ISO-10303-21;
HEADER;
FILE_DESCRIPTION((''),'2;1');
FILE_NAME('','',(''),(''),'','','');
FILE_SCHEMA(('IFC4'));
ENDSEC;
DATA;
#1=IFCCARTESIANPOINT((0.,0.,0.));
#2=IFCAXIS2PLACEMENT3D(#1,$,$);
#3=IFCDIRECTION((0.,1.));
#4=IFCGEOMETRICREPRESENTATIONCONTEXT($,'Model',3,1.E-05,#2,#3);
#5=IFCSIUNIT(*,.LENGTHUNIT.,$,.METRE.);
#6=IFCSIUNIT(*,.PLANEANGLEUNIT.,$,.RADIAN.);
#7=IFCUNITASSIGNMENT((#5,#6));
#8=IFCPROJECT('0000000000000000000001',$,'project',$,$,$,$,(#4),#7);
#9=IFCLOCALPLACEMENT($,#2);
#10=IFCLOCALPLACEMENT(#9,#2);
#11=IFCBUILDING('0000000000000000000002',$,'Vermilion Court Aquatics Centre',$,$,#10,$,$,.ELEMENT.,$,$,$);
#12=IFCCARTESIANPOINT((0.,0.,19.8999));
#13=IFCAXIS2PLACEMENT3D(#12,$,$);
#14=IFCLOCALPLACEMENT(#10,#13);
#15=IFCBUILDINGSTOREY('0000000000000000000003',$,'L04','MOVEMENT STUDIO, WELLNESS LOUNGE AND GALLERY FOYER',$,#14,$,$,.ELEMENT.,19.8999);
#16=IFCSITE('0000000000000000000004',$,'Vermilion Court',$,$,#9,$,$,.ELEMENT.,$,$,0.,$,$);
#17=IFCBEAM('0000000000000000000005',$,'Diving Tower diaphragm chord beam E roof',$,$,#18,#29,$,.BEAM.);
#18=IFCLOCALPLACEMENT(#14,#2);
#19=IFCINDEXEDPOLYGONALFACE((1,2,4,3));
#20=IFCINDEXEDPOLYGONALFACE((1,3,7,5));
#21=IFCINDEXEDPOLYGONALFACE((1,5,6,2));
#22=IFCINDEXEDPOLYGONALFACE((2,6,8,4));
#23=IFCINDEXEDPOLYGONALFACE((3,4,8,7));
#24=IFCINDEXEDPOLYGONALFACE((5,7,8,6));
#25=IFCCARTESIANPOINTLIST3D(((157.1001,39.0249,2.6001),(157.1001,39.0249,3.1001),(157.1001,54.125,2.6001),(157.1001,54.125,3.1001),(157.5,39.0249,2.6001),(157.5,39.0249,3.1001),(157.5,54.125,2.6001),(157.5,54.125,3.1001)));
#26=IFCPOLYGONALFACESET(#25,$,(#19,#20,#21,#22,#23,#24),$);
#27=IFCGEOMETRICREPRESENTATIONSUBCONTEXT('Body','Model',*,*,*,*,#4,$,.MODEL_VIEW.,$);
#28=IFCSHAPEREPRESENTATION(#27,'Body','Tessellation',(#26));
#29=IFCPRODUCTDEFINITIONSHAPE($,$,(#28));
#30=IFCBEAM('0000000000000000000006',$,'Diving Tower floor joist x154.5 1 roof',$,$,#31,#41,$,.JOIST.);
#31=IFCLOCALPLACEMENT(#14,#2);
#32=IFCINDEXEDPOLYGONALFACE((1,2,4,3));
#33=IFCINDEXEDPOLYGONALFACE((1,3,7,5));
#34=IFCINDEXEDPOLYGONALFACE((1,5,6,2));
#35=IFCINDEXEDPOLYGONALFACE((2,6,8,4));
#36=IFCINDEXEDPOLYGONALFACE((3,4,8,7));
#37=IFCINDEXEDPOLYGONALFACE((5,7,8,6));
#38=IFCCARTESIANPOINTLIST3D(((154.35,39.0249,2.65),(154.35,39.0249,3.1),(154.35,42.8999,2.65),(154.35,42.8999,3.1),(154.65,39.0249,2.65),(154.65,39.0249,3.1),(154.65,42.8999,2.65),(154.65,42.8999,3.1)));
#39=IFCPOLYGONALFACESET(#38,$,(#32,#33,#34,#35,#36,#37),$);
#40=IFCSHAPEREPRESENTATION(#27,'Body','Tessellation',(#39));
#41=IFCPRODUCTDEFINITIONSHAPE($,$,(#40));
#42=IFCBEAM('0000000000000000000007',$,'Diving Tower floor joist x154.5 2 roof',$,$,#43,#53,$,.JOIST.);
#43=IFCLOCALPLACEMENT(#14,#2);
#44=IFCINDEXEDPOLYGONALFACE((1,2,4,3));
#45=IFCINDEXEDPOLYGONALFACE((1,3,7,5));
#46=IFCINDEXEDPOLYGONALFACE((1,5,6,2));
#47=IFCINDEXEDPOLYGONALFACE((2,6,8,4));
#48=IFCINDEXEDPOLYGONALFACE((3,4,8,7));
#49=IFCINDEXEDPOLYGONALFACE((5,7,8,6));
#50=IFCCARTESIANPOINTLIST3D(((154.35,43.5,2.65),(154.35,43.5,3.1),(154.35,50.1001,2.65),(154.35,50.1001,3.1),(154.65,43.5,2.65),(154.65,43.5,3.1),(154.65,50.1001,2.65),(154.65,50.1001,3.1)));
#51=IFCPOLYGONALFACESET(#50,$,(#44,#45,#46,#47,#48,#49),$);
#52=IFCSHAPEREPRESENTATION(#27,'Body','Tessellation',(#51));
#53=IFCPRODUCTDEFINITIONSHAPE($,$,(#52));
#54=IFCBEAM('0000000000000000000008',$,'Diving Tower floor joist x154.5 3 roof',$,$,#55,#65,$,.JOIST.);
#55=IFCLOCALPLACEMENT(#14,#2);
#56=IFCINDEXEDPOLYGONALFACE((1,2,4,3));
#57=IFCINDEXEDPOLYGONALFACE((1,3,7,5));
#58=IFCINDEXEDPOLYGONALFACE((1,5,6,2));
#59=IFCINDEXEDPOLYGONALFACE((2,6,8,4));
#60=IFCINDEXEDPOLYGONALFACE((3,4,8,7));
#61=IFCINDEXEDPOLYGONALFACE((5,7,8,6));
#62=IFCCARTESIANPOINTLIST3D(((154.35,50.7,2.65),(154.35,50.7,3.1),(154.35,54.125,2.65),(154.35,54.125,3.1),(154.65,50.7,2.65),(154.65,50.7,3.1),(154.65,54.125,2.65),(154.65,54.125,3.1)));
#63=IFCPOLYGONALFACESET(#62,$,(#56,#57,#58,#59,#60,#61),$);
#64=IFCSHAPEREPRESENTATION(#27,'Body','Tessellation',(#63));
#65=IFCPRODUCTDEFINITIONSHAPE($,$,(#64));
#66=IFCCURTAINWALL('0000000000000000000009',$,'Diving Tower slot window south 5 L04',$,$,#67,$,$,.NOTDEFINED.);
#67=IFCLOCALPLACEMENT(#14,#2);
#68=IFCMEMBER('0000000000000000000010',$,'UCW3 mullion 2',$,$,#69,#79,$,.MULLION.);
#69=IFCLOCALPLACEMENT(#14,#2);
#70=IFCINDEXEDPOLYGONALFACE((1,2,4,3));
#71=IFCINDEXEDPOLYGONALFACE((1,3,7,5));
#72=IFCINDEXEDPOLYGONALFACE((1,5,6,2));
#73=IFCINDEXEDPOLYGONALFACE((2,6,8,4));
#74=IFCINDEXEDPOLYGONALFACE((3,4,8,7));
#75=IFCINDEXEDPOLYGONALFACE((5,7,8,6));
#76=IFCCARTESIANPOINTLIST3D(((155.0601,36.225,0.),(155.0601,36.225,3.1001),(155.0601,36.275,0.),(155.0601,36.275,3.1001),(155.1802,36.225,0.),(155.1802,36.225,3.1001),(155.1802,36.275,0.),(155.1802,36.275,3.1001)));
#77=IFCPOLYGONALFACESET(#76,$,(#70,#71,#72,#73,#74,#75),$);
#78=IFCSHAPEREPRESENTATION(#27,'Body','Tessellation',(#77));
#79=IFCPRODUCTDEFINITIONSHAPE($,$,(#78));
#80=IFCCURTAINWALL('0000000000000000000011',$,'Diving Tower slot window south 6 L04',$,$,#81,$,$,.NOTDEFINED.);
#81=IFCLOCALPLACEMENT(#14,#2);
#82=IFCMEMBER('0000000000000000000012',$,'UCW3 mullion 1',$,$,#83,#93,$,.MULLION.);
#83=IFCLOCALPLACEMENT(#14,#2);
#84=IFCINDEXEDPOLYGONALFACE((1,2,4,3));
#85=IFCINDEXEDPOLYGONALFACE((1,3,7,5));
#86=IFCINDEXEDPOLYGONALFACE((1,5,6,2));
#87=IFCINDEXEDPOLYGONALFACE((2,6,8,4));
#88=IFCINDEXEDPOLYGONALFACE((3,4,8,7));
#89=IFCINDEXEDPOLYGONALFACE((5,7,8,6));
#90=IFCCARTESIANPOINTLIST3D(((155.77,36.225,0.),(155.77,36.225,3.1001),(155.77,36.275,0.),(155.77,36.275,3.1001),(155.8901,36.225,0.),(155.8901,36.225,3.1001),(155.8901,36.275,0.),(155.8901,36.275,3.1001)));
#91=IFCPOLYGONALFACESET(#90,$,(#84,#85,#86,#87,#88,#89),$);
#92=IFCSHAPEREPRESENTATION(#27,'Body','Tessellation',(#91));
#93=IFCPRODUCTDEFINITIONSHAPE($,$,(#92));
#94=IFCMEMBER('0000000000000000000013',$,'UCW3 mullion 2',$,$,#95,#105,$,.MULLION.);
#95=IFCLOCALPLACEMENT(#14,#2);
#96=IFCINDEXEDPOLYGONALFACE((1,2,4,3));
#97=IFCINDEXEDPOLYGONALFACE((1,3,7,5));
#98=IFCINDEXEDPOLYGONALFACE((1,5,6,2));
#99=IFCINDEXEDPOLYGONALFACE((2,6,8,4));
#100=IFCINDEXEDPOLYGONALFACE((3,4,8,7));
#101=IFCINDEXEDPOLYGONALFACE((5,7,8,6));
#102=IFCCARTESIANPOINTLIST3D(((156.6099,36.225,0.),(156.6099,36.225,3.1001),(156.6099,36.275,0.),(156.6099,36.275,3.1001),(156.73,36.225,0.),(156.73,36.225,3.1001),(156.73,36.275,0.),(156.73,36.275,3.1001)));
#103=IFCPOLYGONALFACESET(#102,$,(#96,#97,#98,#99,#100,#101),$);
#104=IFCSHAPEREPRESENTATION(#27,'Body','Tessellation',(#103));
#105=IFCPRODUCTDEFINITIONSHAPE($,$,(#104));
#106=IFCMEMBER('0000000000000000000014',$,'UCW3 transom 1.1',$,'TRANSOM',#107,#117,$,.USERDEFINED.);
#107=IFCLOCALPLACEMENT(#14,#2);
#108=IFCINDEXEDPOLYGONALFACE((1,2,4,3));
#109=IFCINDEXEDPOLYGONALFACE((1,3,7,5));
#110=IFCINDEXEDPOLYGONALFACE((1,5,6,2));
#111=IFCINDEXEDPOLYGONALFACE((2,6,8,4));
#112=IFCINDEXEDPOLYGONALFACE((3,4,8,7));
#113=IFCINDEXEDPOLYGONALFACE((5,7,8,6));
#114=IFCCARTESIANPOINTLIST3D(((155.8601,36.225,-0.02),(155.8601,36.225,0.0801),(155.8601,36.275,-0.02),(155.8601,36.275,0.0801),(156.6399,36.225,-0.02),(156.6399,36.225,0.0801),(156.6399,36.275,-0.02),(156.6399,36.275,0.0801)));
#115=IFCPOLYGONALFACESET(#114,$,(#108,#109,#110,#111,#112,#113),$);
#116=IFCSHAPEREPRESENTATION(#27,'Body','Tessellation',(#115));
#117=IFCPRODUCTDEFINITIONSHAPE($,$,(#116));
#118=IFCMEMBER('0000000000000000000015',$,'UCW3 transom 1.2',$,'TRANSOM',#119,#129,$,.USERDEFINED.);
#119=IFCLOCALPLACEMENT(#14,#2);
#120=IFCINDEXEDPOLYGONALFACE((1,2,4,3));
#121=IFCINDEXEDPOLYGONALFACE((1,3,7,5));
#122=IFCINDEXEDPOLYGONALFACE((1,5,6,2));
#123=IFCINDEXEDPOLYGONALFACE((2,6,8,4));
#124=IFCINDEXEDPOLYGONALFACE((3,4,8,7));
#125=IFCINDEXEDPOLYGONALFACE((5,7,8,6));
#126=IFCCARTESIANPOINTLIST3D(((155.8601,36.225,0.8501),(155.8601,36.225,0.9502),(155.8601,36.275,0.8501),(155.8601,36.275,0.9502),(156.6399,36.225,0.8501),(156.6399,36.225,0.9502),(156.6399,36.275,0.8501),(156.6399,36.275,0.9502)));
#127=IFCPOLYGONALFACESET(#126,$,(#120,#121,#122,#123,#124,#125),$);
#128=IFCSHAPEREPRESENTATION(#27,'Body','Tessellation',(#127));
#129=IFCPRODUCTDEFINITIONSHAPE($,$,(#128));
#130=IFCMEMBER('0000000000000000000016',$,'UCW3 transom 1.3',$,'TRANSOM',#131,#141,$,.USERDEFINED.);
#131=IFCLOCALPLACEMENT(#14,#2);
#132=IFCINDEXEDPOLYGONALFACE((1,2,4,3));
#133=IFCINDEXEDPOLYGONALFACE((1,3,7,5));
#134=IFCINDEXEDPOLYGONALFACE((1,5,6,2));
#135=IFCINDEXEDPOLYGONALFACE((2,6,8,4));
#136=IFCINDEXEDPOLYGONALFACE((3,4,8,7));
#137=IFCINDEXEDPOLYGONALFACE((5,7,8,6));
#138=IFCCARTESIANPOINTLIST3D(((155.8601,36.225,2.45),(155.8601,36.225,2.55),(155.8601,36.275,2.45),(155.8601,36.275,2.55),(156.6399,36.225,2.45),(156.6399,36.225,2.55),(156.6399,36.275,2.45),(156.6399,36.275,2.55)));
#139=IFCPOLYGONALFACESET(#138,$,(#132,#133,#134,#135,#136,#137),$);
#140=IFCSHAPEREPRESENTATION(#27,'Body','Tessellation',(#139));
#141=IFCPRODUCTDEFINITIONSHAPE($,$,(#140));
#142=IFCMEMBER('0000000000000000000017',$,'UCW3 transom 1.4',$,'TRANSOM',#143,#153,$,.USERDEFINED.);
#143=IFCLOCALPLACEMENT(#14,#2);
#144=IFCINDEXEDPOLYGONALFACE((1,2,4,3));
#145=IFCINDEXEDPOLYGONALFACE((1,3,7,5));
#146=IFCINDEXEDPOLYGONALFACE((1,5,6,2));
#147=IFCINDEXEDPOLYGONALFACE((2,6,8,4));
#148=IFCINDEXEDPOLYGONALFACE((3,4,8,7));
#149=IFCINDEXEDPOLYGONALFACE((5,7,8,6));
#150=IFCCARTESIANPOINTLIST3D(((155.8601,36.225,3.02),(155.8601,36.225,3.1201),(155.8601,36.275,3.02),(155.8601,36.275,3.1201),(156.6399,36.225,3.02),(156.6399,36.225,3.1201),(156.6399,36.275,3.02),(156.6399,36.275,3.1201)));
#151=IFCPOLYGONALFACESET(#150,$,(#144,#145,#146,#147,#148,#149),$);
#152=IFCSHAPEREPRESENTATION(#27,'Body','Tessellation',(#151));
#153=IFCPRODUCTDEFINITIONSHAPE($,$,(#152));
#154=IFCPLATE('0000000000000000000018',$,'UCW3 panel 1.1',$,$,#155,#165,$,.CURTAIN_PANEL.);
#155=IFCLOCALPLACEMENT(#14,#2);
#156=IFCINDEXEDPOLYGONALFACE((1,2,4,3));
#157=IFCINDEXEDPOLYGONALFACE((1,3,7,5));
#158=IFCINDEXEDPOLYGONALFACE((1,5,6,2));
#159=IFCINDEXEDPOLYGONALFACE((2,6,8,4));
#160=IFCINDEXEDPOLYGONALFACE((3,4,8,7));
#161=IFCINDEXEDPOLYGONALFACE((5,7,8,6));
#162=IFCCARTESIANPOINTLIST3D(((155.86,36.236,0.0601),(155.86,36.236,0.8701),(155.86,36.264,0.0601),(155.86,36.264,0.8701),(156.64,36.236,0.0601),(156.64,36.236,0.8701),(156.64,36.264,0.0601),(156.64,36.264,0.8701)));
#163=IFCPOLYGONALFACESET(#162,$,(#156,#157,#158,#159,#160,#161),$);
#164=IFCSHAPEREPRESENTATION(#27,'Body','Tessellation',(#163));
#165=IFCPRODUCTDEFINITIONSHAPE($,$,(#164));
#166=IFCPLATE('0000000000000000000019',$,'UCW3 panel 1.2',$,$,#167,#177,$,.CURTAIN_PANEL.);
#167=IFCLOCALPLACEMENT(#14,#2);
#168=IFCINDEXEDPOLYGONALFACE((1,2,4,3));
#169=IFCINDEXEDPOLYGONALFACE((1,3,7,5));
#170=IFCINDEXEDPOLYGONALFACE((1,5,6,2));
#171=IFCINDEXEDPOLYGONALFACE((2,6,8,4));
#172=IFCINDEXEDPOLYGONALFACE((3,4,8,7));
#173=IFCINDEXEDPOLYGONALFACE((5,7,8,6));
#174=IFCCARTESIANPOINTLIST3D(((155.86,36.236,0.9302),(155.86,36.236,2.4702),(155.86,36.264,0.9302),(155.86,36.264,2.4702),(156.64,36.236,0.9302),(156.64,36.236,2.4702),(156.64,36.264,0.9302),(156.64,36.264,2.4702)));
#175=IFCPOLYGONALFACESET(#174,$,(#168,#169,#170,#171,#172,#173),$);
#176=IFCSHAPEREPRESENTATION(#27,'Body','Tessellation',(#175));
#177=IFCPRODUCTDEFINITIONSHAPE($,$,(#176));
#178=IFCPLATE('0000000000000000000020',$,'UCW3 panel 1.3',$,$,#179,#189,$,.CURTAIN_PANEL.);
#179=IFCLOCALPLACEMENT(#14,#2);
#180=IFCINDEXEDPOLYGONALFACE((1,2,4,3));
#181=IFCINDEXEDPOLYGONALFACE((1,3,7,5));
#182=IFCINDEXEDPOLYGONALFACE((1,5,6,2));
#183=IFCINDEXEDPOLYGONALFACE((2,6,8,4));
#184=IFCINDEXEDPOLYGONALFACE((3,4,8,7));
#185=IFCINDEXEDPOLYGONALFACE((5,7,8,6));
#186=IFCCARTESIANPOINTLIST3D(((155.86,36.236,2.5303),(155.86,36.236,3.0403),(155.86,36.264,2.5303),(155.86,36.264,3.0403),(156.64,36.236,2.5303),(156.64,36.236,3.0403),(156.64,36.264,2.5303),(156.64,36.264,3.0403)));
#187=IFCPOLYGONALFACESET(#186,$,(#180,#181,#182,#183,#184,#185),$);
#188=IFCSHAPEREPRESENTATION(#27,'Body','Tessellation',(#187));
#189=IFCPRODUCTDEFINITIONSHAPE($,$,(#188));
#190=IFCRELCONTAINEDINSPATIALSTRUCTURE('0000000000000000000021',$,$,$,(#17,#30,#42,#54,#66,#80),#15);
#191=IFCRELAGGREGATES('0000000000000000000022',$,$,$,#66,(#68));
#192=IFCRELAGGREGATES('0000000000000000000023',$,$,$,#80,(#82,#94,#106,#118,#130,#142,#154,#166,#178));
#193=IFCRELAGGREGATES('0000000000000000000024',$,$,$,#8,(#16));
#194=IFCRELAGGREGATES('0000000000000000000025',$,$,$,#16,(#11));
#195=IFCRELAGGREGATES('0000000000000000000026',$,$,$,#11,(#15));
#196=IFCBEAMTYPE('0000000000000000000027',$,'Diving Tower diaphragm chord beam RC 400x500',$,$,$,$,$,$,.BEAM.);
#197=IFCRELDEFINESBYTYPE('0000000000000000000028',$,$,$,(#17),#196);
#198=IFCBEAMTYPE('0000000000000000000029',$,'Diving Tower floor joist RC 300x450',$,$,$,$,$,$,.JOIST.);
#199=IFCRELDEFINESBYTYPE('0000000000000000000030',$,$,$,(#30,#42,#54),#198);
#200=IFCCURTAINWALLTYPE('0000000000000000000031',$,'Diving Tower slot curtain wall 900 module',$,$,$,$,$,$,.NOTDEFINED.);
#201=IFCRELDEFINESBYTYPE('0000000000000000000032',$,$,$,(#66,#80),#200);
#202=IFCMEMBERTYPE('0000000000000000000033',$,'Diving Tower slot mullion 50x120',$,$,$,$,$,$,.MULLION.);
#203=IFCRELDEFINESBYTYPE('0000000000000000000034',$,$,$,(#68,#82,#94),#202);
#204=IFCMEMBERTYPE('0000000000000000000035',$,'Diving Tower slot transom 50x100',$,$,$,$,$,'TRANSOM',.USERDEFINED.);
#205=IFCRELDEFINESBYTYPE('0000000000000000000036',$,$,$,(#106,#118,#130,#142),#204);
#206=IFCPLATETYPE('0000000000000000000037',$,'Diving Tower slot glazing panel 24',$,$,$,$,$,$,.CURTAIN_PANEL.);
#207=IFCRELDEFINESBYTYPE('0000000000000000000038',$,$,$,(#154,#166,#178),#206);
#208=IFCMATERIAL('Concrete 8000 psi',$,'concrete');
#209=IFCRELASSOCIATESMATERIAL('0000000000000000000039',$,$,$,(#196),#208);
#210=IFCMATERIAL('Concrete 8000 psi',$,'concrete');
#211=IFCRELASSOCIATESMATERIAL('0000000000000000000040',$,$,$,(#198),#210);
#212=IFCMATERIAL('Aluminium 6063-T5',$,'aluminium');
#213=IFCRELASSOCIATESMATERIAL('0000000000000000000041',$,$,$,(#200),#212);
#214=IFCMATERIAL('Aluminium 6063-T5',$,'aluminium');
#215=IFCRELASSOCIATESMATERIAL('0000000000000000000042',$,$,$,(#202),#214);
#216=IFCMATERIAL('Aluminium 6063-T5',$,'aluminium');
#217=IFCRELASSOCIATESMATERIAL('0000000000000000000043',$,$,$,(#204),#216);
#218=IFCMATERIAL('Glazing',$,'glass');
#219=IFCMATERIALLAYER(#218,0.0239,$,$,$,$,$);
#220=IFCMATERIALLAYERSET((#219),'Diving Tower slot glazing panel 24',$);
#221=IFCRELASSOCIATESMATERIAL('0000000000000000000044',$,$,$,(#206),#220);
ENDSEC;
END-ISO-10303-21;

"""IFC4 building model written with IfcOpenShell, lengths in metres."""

from ifc_helpers import new_model, si_unit, direction, frame, origin, origin_2d, place, context, subcontext, project, spatial, rectangle, extrude, material, layer, layer_set, material_profile, profile_set, type_object, element, aggregate, save


model = new_model("IFC4")

# Units and contexts
model_context = context("Model", 3, precision=1e-05, world=origin(), true_north=direction((0.0, 1.0)))
body_context = subcontext(model_context, "Body", "Model", "MODEL_VIEW")
ifc_project = project(units=[si_unit("LENGTHUNIT", "METRE"), si_unit("PLANEANGLEUNIT", "RADIAN")], contexts=[model_context])

# Site, building, storey
site_placement = place(None, origin())
site = spatial("IfcSite", under=ifc_project, at=site_placement, Name="Vermilion Court", CompositionType="ELEMENT", RefElevation=0.0)
building_placement = place(site_placement, origin())
building = spatial("IfcBuilding", under=site, at=building_placement, Name="Vermilion Court Aquatics Centre", CompositionType="ELEMENT")
storey_placement = place(building_placement, frame((0.0, 0.0, 19.8999)))
storey = spatial("IfcBuildingStorey", under=building, at=storey_placement, Name="L04", Description="MOVEMENT STUDIO, WELLNESS LOUNGE AND GALLERY FOYER", CompositionType="ELEMENT", Elevation=19.8999)

# Beams
ifc_material_1 = material(Name="Concrete 8000 psi", Category="concrete")
ifc_material_profile_1 = material_profile(ifc_material_1, rectangle(XDim=0.3999, YDim=0.5, at=origin_2d()), Name="RC 400x500")
ifc_profile_set_1 = profile_set([ifc_material_profile_1], Name="Concrete 8000 psi")
beam_type_1 = type_object("IfcBeamType", Name="Diving Tower diaphragm chord beam RC 400x500", PredefinedType="BEAM", material=ifc_profile_set_1)
beam_1_placement = place(storey_placement, frame((157.3, 39.0249, 2.8501), z_axis=(0.0, 1.0, 0.0), x_axis=(-1.0, 0.0, 0.0)))
element("IfcBeam", 1, at=beam_1_placement, inside=storey, type_object=beam_type_1, Name="Diving Tower diaphragm chord beam E roof", PredefinedType="BEAM", context=body_context, shape_type="SweptSolid", body=[
    extrude(rectangle(XDim=0.3999, YDim=0.5, at=origin_2d()), origin(), (0.0, 0.0, 1.0), 15.1001),
])
ifc_material_2 = material(Name="Concrete 8000 psi", Category="concrete")
ifc_material_profile_2 = material_profile(ifc_material_2, rectangle(XDim=0.3, YDim=0.45, at=origin_2d()), Name="RC 300x450")
ifc_profile_set_2 = profile_set([ifc_material_profile_2], Name="Concrete 8000 psi")
beam_type_2 = type_object("IfcBeamType", Name="Diving Tower floor joist RC 300x450", PredefinedType="JOIST", material=ifc_profile_set_2)
beam_2_placement = place(storey_placement, frame((154.5, 39.0249, 2.875), z_axis=(0.0, 1.0, 0.0), x_axis=(-1.0, 0.0, 0.0)))
element("IfcBeam", 2, at=beam_2_placement, inside=storey, type_object=beam_type_2, Name="Diving Tower floor joist x154.5 1 roof", PredefinedType="JOIST", context=body_context, shape_type="SweptSolid", body=[
    extrude(rectangle(XDim=0.3, YDim=0.45, at=origin_2d()), origin(), (0.0, 0.0, 1.0), 3.875),
])
beam_3_placement = place(storey_placement, frame((154.5, 43.5, 2.875), z_axis=(0.0, 1.0, 0.0), x_axis=(-1.0, 0.0, 0.0)))
element("IfcBeam", 3, at=beam_3_placement, inside=storey, type_object=beam_type_2, Name="Diving Tower floor joist x154.5 2 roof", PredefinedType="JOIST", context=body_context, shape_type="SweptSolid", body=[
    extrude(rectangle(XDim=0.3, YDim=0.45, at=origin_2d()), origin(), (0.0, 0.0, 1.0), 6.6001),
])
beam_4_placement = place(storey_placement, frame((154.5, 50.7, 2.875), z_axis=(0.0, 1.0, 0.0), x_axis=(-1.0, 0.0, 0.0)))
element("IfcBeam", 4, at=beam_4_placement, inside=storey, type_object=beam_type_2, Name="Diving Tower floor joist x154.5 3 roof", PredefinedType="JOIST", context=body_context, shape_type="SweptSolid", body=[
    extrude(rectangle(XDim=0.3, YDim=0.45, at=origin_2d()), origin(), (0.0, 0.0, 1.0), 3.425),
])

# Curtain wall, member
ifc_material_3 = material(Name="Aluminium 6063-T5", Category="aluminium")
curtain_wall_type = type_object("IfcCurtainWallType", Name="Diving Tower slot curtain wall 900 module", PredefinedType="NOTDEFINED", material=ifc_material_3)
curtain_wall_1_placement = place(storey_placement, origin())
curtain_wall_1 = element("IfcCurtainWall", 5, at=curtain_wall_1_placement, inside=storey, type_object=curtain_wall_type, Name="Diving Tower slot window south 5 L04", PredefinedType="NOTDEFINED")
ifc_material_4 = material(Name="Aluminium 6063-T5", Category="aluminium")
ifc_material_profile_3 = material_profile(ifc_material_4, rectangle(XDim=0.05, YDim=0.1201, at=origin_2d()), Name="AL 50x120")
ifc_profile_set_3 = profile_set([ifc_material_profile_3], Name="Aluminium 6063-T5")
member_type_1 = type_object("IfcMemberType", Name="Diving Tower slot mullion 50x120", PredefinedType="MULLION", material=ifc_profile_set_3)
member_1_placement = place(storey_placement, frame((155.1201, 36.25, 0.0), z_axis=(0.0, 0.0, 1.0), x_axis=(0.0, 1.0, 0.0)))
member_1 = element("IfcMember", 6, at=member_1_placement, type_object=member_type_1, Name="UCW3 mullion 2", PredefinedType="MULLION", context=body_context, shape_type="SweptSolid", body=[
    extrude(rectangle(XDim=0.05, YDim=0.1201, at=origin_2d()), origin(), (0.0, 0.0, 1.0), 3.1001),
])
aggregate(curtain_wall_1, [member_1])

# Curtain wall, members, plates
curtain_wall_2_placement = place(storey_placement, origin())
curtain_wall_2 = element("IfcCurtainWall", 7, at=curtain_wall_2_placement, inside=storey, type_object=curtain_wall_type, Name="Diving Tower slot window south 6 L04", PredefinedType="NOTDEFINED")
member_2_placement = place(storey_placement, frame((155.8301, 36.25, 0.0), z_axis=(0.0, 0.0, 1.0), x_axis=(0.0, 1.0, 0.0)))
member_2 = element("IfcMember", 8, at=member_2_placement, type_object=member_type_1, Name="UCW3 mullion 1", PredefinedType="MULLION", context=body_context, shape_type="SweptSolid", body=[
    extrude(rectangle(XDim=0.05, YDim=0.1201, at=origin_2d()), origin(), (0.0, 0.0, 1.0), 3.1001),
])
member_3_placement = place(storey_placement, frame((156.6699, 36.25, 0.0), z_axis=(0.0, 0.0, 1.0), x_axis=(0.0, 1.0, 0.0)))
member_3 = element("IfcMember", 9, at=member_3_placement, type_object=member_type_1, Name="UCW3 mullion 2", PredefinedType="MULLION", context=body_context, shape_type="SweptSolid", body=[
    extrude(rectangle(XDim=0.05, YDim=0.1201, at=origin_2d()), origin(), (0.0, 0.0, 1.0), 3.1001),
])
ifc_material_5 = material(Name="Aluminium 6063-T5", Category="aluminium")
ifc_material_profile_4 = material_profile(ifc_material_5, rectangle(XDim=0.05, YDim=0.1001, at=origin_2d()), Name="AL 50x100")
ifc_profile_set_4 = profile_set([ifc_material_profile_4], Name="Aluminium 6063-T5")
member_type_2 = type_object("IfcMemberType", Name="Diving Tower slot transom 50x100", ElementType="TRANSOM", PredefinedType="USERDEFINED", material=ifc_profile_set_4)
member_4_placement = place(storey_placement, frame((155.8601, 36.25, 0.03), z_axis=(1.0, 0.0, 0.0), x_axis=(0.0, 1.0, 0.0)))
member_4 = element("IfcMember", 10, at=member_4_placement, type_object=member_type_2, Name="UCW3 transom 1.1", ObjectType="TRANSOM", PredefinedType="USERDEFINED", context=body_context, shape_type="SweptSolid", body=[
    extrude(rectangle(XDim=0.05, YDim=0.1001, at=origin_2d()), origin(), (0.0, 0.0, 1.0), 0.7798),
])
member_5_placement = place(storey_placement, frame((155.8601, 36.25, 0.9001), z_axis=(1.0, 0.0, 0.0), x_axis=(0.0, 1.0, 0.0)))
member_5 = element("IfcMember", 11, at=member_5_placement, type_object=member_type_2, Name="UCW3 transom 1.2", ObjectType="TRANSOM", PredefinedType="USERDEFINED", context=body_context, shape_type="SweptSolid", body=[
    extrude(rectangle(XDim=0.05, YDim=0.1001, at=origin_2d()), origin(), (0.0, 0.0, 1.0), 0.7798),
])
member_6_placement = place(storey_placement, frame((155.8601, 36.25, 2.5), z_axis=(1.0, 0.0, 0.0), x_axis=(0.0, 1.0, 0.0)))
member_6 = element("IfcMember", 12, at=member_6_placement, type_object=member_type_2, Name="UCW3 transom 1.3", ObjectType="TRANSOM", PredefinedType="USERDEFINED", context=body_context, shape_type="SweptSolid", body=[
    extrude(rectangle(XDim=0.05, YDim=0.1001, at=origin_2d()), origin(), (0.0, 0.0, 1.0), 0.7798),
])
member_7_placement = place(storey_placement, frame((155.8601, 36.25, 3.0701), z_axis=(1.0, 0.0, 0.0), x_axis=(0.0, 1.0, 0.0)))
member_7 = element("IfcMember", 13, at=member_7_placement, type_object=member_type_2, Name="UCW3 transom 1.4", ObjectType="TRANSOM", PredefinedType="USERDEFINED", context=body_context, shape_type="SweptSolid", body=[
    extrude(rectangle(XDim=0.05, YDim=0.1001, at=origin_2d()), origin(), (0.0, 0.0, 1.0), 0.7798),
])
ifc_material_6 = material(Name="Glazing", Category="glass")
ifc_layer = layer(ifc_material_6, 0.0239)
ifc_layer_set = layer_set([ifc_layer], Name="Diving Tower slot glazing panel 24")
plate_type = type_object("IfcPlateType", Name="Diving Tower slot glazing panel 24", PredefinedType="CURTAIN_PANEL", material=ifc_layer_set)
plate_1_placement = place(storey_placement, frame((156.25, 36.25, 0.0601), z_axis=(0.0, 0.0, 1.0), x_axis=(1.0, 0.0, 0.0)))
plate_1 = element("IfcPlate", 14, at=plate_1_placement, type_object=plate_type, Name="UCW3 panel 1.1", PredefinedType="CURTAIN_PANEL", context=body_context, shape_type="SweptSolid", body=[
    extrude(rectangle(XDim=0.78, YDim=0.0281, at=origin_2d()), origin(), (0.0, 0.0, 1.0), 0.8101),
])
plate_2_placement = place(storey_placement, frame((156.25, 36.25, 0.9302), z_axis=(0.0, 0.0, 1.0), x_axis=(1.0, 0.0, 0.0)))
plate_2 = element("IfcPlate", 15, at=plate_2_placement, type_object=plate_type, Name="UCW3 panel 1.2", PredefinedType="CURTAIN_PANEL", context=body_context, shape_type="SweptSolid", body=[
    extrude(rectangle(XDim=0.78, YDim=0.0281, at=origin_2d()), origin(), (0.0, 0.0, 1.0), 1.54),
])
plate_3_placement = place(storey_placement, frame((156.25, 36.25, 2.5303), z_axis=(0.0, 0.0, 1.0), x_axis=(1.0, 0.0, 0.0)))
plate_3 = element("IfcPlate", 16, at=plate_3_placement, type_object=plate_type, Name="UCW3 panel 1.3", PredefinedType="CURTAIN_PANEL", context=body_context, shape_type="SweptSolid", body=[
    extrude(rectangle(XDim=0.78, YDim=0.0281, at=origin_2d()), origin(), (0.0, 0.0, 1.0), 0.51),
])
aggregate(curtain_wall_2, [member_2, member_3, member_4, member_5, member_6, member_7, plate_1, plate_2, plate_3])

save(model, "model.ifc")
